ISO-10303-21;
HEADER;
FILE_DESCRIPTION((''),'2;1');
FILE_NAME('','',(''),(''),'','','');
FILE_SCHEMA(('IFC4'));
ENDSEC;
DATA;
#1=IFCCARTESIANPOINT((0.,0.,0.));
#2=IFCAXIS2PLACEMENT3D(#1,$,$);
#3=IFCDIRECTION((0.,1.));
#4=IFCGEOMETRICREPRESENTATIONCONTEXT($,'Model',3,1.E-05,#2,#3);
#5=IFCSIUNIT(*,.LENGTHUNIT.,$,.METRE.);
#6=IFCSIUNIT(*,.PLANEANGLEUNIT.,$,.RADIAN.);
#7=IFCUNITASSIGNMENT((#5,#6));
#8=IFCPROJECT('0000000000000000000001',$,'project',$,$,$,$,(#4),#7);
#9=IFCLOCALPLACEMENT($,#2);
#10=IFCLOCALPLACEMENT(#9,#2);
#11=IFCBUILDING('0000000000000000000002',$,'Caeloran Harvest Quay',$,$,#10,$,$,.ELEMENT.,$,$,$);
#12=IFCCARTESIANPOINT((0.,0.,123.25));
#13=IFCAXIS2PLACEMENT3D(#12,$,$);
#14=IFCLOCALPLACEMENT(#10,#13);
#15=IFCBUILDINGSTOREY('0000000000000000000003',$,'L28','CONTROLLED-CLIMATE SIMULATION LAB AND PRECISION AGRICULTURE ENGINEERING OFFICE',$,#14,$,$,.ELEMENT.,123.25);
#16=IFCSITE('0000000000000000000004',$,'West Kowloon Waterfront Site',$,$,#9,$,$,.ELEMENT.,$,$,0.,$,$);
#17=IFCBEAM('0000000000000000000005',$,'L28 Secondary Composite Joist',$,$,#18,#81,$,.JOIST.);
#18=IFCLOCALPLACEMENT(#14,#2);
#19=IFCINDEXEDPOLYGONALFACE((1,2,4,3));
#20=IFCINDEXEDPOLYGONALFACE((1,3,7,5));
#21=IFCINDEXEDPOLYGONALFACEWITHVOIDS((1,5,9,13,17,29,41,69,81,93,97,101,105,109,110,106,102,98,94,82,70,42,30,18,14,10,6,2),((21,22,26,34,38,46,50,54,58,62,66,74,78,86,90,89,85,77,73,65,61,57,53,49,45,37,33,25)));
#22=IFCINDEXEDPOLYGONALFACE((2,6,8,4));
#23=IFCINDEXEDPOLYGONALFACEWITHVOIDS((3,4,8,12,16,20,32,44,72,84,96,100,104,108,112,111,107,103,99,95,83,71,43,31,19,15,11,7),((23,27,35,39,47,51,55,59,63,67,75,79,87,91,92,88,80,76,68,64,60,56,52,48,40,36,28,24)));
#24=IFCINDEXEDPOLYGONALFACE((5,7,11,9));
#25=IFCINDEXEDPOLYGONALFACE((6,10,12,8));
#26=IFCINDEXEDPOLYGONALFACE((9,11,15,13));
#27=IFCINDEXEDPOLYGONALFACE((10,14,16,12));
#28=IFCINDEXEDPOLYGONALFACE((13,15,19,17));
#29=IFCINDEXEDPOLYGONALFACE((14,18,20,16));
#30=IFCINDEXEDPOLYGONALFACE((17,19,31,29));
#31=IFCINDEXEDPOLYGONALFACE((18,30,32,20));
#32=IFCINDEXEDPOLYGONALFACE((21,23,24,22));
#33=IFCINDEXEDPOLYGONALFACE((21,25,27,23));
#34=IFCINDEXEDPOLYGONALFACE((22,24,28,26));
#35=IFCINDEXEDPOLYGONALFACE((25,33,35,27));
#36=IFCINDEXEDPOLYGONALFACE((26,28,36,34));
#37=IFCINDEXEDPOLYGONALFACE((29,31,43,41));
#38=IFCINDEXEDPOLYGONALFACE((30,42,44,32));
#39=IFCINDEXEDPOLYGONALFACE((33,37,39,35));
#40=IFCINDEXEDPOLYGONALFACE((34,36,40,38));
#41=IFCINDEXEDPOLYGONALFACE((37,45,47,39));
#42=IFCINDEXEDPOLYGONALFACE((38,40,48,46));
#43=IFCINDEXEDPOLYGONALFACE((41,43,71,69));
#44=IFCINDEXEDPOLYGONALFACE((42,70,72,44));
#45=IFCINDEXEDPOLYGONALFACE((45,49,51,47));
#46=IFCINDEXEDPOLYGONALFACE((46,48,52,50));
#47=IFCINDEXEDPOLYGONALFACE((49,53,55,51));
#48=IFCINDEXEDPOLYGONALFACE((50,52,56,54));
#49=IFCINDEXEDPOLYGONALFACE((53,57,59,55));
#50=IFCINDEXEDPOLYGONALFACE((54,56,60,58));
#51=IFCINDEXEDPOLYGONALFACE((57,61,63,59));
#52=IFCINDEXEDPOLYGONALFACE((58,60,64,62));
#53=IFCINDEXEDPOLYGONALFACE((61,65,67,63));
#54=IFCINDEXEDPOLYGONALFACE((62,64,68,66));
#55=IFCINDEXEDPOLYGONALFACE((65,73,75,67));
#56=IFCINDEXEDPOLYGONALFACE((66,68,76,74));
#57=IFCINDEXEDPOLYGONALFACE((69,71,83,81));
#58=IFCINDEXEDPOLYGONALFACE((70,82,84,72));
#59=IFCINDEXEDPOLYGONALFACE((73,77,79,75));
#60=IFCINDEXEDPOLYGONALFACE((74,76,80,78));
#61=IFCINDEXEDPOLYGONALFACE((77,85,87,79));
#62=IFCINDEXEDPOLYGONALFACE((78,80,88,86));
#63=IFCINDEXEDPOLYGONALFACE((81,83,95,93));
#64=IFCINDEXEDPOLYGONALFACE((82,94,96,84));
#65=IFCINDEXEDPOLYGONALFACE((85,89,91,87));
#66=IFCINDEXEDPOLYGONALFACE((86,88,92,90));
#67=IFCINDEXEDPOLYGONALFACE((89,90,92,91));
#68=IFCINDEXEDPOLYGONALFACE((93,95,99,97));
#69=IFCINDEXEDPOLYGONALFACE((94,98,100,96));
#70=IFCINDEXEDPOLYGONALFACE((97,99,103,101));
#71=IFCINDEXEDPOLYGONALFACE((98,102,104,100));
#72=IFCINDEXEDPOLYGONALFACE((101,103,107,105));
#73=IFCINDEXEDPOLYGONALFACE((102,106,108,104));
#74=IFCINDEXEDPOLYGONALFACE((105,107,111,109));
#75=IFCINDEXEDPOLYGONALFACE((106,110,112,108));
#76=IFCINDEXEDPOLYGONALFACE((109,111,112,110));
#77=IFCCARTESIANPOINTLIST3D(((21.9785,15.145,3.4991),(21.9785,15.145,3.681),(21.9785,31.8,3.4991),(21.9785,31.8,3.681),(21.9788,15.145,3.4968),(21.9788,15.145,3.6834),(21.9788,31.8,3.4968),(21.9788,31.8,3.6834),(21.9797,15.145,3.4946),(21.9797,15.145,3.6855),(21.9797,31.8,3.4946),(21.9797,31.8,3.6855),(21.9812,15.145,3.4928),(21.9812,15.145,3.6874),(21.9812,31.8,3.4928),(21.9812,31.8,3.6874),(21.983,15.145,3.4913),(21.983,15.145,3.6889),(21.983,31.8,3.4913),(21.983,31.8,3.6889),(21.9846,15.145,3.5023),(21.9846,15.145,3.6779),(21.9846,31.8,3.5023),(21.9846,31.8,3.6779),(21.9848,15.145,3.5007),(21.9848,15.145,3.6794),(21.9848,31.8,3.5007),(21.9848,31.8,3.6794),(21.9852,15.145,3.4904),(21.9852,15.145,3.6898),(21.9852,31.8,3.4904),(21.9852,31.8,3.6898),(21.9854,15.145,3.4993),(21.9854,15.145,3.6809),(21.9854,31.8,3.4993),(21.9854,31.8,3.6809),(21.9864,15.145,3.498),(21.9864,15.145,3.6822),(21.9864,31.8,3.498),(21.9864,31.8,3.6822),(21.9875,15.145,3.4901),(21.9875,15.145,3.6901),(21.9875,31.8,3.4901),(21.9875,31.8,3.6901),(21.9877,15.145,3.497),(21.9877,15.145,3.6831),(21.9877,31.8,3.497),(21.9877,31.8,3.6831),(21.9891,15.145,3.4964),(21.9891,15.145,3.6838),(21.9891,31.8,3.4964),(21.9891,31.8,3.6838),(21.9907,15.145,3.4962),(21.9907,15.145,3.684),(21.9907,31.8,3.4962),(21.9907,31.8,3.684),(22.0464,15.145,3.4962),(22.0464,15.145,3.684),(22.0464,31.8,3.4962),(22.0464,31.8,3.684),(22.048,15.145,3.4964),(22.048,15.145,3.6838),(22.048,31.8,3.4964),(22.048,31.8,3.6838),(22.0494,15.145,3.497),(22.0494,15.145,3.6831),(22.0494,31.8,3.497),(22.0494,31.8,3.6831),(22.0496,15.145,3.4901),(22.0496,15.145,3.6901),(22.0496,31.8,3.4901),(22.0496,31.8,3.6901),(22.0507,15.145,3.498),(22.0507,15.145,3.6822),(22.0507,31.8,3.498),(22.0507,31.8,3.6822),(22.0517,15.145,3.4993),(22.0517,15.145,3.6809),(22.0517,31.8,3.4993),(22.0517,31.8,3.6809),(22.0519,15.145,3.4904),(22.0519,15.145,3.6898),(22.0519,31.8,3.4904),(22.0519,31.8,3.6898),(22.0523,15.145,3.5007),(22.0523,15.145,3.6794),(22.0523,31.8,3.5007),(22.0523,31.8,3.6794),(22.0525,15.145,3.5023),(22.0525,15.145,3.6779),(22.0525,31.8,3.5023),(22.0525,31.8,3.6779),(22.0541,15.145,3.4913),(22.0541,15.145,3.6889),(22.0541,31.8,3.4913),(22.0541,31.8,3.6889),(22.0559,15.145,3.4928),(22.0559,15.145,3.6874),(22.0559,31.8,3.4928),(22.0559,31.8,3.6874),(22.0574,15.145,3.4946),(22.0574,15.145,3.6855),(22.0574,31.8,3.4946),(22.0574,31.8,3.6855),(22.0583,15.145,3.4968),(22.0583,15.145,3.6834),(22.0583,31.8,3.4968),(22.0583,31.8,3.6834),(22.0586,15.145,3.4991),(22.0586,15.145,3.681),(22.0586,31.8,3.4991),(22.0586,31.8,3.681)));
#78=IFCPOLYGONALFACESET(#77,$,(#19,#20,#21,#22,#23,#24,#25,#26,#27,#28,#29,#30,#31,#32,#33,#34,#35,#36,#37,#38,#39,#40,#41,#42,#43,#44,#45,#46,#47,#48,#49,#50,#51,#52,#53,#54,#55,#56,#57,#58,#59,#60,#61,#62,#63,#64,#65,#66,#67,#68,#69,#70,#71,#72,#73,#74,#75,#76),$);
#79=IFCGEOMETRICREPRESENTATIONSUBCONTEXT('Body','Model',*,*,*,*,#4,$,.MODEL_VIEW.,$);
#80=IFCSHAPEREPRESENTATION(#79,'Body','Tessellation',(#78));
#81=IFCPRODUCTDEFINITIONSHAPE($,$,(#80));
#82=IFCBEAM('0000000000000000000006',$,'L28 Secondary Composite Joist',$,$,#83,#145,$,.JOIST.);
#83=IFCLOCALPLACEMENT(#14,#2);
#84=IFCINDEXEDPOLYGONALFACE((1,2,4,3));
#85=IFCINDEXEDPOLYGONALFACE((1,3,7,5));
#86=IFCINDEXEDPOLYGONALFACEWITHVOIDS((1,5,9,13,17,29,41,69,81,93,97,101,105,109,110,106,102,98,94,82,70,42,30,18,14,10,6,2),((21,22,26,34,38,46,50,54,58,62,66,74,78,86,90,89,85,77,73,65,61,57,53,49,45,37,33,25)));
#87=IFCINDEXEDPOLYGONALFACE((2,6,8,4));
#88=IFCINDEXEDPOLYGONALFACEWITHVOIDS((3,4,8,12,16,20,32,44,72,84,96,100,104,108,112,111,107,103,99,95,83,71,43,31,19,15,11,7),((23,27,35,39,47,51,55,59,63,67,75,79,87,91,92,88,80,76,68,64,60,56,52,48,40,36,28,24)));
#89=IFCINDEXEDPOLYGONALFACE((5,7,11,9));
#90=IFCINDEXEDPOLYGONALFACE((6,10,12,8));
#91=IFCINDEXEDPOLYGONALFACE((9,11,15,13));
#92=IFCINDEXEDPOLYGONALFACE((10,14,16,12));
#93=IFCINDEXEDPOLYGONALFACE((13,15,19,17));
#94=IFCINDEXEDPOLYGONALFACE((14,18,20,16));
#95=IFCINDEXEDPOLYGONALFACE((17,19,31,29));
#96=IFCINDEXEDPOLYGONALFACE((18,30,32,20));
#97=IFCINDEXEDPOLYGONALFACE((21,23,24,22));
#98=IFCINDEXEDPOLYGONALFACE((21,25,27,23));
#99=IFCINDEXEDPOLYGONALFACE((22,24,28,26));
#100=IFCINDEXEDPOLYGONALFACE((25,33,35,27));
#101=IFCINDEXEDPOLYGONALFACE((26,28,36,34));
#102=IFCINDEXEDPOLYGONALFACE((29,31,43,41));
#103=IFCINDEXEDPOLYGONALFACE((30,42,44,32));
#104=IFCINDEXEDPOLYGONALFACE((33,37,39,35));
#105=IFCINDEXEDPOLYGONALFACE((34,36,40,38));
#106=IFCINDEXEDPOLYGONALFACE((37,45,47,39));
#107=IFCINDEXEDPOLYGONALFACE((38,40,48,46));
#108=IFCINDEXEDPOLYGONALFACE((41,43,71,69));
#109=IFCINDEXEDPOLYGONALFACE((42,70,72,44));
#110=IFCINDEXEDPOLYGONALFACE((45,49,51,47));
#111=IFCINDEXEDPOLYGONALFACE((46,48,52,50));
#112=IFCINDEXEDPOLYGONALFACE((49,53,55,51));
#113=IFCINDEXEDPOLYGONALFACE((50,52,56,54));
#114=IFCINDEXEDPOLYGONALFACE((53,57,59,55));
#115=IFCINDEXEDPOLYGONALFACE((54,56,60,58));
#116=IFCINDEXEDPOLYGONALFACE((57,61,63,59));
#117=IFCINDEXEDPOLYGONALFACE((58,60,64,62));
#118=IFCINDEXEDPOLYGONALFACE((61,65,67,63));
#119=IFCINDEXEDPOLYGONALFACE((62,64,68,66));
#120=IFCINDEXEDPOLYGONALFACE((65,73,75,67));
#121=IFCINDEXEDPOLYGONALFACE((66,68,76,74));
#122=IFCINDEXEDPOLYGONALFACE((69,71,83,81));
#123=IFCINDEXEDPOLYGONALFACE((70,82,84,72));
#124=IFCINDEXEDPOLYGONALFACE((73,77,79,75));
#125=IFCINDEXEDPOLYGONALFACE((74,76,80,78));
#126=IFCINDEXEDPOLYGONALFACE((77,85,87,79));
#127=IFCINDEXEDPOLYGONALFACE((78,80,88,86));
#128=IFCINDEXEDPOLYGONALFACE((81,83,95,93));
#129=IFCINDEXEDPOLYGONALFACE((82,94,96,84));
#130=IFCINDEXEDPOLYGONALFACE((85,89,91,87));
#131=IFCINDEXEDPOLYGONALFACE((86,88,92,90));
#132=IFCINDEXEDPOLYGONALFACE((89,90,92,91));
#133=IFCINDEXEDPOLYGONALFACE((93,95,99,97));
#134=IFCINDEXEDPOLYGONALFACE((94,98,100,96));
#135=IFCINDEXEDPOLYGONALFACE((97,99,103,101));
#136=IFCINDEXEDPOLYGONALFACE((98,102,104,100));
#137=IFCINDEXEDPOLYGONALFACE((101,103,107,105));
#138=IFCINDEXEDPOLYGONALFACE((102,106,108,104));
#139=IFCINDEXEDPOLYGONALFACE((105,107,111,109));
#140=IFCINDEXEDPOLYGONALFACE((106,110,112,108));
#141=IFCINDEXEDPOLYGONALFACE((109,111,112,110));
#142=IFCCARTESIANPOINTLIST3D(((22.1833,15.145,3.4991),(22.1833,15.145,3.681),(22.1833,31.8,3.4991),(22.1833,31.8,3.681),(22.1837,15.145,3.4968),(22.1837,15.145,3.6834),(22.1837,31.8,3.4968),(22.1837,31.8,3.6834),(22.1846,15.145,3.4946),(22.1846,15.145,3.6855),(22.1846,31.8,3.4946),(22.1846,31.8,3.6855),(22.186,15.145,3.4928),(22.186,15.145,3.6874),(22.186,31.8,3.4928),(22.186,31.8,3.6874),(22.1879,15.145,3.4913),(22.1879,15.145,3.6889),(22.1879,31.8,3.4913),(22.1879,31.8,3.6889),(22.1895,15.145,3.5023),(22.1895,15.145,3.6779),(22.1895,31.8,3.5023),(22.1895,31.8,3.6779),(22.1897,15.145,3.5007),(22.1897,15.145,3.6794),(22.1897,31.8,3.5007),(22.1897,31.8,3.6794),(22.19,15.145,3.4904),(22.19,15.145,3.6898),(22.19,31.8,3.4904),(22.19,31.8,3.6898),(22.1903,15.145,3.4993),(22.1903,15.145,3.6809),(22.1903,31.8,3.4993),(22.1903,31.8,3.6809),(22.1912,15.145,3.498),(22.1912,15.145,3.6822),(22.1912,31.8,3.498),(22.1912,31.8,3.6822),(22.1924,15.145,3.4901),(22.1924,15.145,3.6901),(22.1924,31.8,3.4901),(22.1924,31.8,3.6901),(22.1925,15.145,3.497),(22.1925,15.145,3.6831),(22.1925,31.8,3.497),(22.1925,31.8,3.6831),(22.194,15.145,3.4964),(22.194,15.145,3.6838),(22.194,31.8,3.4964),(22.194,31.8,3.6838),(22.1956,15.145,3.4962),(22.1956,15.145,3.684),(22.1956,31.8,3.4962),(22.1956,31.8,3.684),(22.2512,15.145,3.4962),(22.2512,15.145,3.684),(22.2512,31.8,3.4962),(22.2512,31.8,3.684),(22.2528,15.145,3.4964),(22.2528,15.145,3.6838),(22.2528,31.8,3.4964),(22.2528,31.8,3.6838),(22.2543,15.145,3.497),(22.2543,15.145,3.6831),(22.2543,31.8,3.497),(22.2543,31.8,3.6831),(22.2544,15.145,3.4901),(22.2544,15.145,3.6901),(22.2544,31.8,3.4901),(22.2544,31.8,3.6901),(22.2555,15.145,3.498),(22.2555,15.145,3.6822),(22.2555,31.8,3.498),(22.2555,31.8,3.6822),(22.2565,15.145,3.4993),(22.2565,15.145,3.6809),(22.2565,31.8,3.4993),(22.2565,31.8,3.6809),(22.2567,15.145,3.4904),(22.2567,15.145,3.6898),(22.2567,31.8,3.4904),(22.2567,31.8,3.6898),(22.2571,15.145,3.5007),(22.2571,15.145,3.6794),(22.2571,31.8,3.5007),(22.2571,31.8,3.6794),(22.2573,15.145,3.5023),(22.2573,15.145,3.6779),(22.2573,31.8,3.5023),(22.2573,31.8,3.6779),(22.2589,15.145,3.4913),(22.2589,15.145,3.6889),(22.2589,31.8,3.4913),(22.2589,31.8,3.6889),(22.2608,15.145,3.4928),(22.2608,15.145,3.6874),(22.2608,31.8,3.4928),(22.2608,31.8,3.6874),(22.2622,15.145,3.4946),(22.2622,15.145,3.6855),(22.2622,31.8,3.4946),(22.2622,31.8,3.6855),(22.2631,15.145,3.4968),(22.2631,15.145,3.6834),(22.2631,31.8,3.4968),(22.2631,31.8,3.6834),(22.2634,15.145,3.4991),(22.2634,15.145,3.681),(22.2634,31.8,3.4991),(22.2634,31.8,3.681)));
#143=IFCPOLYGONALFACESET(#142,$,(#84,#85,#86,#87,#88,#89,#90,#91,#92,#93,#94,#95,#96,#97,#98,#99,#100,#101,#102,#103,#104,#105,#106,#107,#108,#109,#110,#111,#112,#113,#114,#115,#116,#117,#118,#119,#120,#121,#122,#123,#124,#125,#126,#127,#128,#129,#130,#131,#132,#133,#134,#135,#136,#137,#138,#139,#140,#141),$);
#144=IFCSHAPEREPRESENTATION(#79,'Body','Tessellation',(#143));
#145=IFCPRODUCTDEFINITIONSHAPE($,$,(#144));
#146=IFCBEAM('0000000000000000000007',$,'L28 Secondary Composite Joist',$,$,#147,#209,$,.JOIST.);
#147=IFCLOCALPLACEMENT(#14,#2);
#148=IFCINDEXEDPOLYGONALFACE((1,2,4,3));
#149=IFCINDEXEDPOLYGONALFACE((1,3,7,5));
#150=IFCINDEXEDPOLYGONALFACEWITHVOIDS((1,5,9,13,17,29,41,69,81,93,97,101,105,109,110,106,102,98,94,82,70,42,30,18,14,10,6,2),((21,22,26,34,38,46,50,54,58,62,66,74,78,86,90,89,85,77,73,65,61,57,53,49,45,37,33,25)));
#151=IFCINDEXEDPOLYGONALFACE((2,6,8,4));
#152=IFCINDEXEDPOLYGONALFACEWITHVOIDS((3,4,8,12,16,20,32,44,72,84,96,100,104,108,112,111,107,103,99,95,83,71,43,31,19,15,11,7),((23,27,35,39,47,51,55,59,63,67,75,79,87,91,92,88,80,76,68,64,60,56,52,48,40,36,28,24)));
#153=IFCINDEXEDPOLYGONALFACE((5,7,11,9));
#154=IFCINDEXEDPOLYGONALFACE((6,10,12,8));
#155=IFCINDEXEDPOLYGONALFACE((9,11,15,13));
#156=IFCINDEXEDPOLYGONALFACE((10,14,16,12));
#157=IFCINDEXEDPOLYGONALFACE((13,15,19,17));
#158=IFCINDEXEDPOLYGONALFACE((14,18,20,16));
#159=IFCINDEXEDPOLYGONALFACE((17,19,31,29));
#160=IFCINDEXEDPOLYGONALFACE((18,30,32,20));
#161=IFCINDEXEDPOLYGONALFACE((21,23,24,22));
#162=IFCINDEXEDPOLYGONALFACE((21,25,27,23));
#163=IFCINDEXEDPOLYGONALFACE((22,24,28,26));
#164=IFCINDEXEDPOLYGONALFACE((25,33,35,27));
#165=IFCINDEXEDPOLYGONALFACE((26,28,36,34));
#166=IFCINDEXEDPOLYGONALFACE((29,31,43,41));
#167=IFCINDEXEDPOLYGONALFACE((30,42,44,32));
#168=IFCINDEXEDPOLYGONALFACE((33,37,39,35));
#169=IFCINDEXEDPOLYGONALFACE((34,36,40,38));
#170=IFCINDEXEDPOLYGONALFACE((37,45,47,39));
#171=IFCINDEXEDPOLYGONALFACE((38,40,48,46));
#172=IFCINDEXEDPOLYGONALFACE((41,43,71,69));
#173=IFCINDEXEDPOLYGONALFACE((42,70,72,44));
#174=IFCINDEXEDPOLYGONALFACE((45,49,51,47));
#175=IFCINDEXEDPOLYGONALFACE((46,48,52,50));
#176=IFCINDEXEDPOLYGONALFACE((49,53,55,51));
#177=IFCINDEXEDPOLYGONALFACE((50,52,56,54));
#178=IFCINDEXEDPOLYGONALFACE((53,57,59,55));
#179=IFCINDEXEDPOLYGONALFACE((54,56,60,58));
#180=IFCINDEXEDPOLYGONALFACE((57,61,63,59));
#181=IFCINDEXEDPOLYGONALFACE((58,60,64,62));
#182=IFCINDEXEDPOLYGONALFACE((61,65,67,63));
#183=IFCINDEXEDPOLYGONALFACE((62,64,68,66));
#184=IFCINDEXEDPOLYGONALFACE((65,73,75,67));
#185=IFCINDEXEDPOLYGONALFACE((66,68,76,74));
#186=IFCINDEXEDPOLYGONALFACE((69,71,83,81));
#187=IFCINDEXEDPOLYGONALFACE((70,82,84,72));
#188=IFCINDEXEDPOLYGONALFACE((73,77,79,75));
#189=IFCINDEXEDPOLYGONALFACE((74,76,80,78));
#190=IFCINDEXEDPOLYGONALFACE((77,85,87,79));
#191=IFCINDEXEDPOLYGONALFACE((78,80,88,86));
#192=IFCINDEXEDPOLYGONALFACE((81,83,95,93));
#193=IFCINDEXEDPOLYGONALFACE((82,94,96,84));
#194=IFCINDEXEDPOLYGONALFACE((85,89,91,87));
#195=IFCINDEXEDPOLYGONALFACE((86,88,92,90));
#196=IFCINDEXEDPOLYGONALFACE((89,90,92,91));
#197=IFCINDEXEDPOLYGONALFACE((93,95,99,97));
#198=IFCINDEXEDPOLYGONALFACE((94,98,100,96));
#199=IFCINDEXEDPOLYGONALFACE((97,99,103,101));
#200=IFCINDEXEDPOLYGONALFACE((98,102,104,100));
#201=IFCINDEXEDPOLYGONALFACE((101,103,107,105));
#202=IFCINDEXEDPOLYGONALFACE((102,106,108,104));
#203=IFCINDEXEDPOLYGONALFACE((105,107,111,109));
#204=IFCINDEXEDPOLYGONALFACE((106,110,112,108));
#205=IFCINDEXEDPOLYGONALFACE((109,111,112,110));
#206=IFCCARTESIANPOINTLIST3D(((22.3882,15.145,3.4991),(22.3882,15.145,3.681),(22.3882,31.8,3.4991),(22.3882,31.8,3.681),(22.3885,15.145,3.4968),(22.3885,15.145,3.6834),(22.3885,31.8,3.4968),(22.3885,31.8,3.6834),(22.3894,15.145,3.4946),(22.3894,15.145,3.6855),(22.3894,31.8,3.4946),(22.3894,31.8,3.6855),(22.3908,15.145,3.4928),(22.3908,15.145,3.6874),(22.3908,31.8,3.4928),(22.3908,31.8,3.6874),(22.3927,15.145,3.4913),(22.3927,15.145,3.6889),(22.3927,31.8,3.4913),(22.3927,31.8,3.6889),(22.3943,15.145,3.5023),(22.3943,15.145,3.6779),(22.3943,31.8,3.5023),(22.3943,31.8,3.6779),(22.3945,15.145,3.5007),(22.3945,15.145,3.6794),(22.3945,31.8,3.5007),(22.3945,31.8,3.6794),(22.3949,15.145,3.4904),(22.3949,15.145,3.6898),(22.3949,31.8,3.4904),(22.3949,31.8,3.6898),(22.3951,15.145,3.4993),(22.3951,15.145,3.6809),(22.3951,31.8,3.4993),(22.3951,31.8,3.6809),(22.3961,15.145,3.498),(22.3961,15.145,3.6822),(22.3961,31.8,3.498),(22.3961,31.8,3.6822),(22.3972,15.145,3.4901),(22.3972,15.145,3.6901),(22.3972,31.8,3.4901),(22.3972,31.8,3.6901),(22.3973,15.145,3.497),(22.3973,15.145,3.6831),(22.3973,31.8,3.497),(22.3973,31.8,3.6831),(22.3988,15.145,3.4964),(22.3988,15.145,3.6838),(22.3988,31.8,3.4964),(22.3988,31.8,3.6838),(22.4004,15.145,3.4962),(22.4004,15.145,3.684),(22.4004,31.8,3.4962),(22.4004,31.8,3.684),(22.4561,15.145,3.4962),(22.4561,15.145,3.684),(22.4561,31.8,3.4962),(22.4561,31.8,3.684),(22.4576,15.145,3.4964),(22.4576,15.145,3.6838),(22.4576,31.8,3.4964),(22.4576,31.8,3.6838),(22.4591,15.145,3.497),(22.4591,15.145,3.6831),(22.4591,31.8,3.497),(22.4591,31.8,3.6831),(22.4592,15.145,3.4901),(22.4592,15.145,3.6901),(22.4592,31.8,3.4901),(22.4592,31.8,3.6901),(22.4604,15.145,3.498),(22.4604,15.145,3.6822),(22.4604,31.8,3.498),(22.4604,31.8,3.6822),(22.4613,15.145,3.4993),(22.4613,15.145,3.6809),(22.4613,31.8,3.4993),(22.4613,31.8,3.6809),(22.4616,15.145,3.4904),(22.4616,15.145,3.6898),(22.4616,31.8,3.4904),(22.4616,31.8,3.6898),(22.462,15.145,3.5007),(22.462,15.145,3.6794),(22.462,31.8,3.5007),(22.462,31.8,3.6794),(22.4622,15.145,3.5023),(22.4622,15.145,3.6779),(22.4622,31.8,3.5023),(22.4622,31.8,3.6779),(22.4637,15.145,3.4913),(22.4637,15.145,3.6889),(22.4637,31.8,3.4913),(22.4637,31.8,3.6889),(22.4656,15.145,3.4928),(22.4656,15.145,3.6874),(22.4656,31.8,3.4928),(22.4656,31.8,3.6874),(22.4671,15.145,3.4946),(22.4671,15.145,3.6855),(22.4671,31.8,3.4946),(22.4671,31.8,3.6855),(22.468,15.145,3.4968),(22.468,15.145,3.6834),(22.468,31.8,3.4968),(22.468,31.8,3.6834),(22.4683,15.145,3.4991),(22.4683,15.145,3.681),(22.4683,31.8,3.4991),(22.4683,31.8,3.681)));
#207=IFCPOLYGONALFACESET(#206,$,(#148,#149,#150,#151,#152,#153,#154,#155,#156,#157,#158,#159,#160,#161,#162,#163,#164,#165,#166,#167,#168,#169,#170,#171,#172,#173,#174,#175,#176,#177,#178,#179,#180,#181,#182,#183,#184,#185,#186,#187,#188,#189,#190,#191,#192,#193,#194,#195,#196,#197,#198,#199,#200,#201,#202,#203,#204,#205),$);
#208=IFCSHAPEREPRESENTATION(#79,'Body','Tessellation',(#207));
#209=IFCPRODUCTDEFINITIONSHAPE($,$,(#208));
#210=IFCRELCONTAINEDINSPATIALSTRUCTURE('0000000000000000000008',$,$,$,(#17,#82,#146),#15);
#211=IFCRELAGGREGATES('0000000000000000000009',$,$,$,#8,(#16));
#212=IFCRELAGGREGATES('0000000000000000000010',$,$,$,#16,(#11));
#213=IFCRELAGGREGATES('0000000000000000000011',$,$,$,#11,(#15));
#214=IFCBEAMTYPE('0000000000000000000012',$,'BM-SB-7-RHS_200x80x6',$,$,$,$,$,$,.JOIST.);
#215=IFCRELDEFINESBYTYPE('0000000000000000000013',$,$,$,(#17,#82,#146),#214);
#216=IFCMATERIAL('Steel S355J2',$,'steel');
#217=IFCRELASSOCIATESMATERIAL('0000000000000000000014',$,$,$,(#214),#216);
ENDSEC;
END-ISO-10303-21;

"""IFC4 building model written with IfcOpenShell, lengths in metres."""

from ifc_helpers import new_model, si_unit, direction, frame, origin, origin_2d, place, context, subcontext, project, spatial, hollow_rectangle, extrude, material, material_profile, profile_set, type_object, element, save


model = new_model("IFC4")

# Units and contexts
model_context = context("Model", 3, precision=1e-05, world=origin(), true_north=direction((0.0, 1.0)))
body_context = subcontext(model_context, "Body", "Model", "MODEL_VIEW")
ifc_project = project(units=[si_unit("LENGTHUNIT", "METRE"), si_unit("PLANEANGLEUNIT", "RADIAN")], contexts=[model_context])

# Site, building, storey
site_placement = place(None, origin())
site = spatial("IfcSite", under=ifc_project, at=site_placement, Name="West Kowloon Waterfront Site", CompositionType="ELEMENT", RefElevation=0.0)
building_placement = place(site_placement, origin())
building = spatial("IfcBuilding", under=site, at=building_placement, Name="Caeloran Harvest Quay", CompositionType="ELEMENT")
storey_placement = place(building_placement, frame((0.0, 0.0, 123.25)))
storey = spatial("IfcBuildingStorey", under=building, at=storey_placement, Name="L28", Description="CONTROLLED-CLIMATE SIMULATION LAB AND PRECISION AGRICULTURE ENGINEERING OFFICE", CompositionType="ELEMENT", Elevation=123.25)

# Beams
ifc_material_1 = material(Name="Steel S355J2", Category="steel")
ifc_material_profile_1 = material_profile(ifc_material_1, hollow_rectangle(XDim=0.0801, YDim=0.2, WallThickness=0.0061, InnerFilletRadius=0.0061, OuterFilletRadius=0.009, at=origin_2d()), Name="RHS 200x80x6")
ifc_profile_set_1 = profile_set([ifc_material_profile_1], Name="Steel S355J2")
beam_type_1 = type_object("IfcBeamType", Name="BM-SB-7-RHS_200x80x6", PredefinedType="JOIST", material=ifc_profile_set_1)
for number, where, z_axis, x_axis, name in (
    (1, (22.0186, 15.145, 3.5901), (0.0, 1.0, 0.0), (-1.0, 0.0, 0.0), "L28 Secondary Composite Joist"),
    (2, (22.2234, 15.145, 3.5901), (0.0, 1.0, 0.0), (-1.0, 0.0, 0.0), "L28 Secondary Composite Joist"),
    (3, (22.4282, 15.145, 3.5901), (0.0, 1.0, 0.0), (-1.0, 0.0, 0.0), "L28 Secondary Composite Joist"),
):
    element("IfcBeam", number, at=place(storey_placement, frame(where, z_axis=z_axis, x_axis=x_axis)), inside=storey, type_object=beam_type_1, Name=name, PredefinedType="JOIST", context=body_context, shape_type="SweptSolid", body=[
        extrude(hollow_rectangle(XDim=0.0801, YDim=0.2, WallThickness=0.0061, InnerFilletRadius=0.0061, OuterFilletRadius=0.009, at=origin_2d()), origin(), (0.0, 0.0, 1.0), 16.655),
    ])

save(model, "model.ifc")
